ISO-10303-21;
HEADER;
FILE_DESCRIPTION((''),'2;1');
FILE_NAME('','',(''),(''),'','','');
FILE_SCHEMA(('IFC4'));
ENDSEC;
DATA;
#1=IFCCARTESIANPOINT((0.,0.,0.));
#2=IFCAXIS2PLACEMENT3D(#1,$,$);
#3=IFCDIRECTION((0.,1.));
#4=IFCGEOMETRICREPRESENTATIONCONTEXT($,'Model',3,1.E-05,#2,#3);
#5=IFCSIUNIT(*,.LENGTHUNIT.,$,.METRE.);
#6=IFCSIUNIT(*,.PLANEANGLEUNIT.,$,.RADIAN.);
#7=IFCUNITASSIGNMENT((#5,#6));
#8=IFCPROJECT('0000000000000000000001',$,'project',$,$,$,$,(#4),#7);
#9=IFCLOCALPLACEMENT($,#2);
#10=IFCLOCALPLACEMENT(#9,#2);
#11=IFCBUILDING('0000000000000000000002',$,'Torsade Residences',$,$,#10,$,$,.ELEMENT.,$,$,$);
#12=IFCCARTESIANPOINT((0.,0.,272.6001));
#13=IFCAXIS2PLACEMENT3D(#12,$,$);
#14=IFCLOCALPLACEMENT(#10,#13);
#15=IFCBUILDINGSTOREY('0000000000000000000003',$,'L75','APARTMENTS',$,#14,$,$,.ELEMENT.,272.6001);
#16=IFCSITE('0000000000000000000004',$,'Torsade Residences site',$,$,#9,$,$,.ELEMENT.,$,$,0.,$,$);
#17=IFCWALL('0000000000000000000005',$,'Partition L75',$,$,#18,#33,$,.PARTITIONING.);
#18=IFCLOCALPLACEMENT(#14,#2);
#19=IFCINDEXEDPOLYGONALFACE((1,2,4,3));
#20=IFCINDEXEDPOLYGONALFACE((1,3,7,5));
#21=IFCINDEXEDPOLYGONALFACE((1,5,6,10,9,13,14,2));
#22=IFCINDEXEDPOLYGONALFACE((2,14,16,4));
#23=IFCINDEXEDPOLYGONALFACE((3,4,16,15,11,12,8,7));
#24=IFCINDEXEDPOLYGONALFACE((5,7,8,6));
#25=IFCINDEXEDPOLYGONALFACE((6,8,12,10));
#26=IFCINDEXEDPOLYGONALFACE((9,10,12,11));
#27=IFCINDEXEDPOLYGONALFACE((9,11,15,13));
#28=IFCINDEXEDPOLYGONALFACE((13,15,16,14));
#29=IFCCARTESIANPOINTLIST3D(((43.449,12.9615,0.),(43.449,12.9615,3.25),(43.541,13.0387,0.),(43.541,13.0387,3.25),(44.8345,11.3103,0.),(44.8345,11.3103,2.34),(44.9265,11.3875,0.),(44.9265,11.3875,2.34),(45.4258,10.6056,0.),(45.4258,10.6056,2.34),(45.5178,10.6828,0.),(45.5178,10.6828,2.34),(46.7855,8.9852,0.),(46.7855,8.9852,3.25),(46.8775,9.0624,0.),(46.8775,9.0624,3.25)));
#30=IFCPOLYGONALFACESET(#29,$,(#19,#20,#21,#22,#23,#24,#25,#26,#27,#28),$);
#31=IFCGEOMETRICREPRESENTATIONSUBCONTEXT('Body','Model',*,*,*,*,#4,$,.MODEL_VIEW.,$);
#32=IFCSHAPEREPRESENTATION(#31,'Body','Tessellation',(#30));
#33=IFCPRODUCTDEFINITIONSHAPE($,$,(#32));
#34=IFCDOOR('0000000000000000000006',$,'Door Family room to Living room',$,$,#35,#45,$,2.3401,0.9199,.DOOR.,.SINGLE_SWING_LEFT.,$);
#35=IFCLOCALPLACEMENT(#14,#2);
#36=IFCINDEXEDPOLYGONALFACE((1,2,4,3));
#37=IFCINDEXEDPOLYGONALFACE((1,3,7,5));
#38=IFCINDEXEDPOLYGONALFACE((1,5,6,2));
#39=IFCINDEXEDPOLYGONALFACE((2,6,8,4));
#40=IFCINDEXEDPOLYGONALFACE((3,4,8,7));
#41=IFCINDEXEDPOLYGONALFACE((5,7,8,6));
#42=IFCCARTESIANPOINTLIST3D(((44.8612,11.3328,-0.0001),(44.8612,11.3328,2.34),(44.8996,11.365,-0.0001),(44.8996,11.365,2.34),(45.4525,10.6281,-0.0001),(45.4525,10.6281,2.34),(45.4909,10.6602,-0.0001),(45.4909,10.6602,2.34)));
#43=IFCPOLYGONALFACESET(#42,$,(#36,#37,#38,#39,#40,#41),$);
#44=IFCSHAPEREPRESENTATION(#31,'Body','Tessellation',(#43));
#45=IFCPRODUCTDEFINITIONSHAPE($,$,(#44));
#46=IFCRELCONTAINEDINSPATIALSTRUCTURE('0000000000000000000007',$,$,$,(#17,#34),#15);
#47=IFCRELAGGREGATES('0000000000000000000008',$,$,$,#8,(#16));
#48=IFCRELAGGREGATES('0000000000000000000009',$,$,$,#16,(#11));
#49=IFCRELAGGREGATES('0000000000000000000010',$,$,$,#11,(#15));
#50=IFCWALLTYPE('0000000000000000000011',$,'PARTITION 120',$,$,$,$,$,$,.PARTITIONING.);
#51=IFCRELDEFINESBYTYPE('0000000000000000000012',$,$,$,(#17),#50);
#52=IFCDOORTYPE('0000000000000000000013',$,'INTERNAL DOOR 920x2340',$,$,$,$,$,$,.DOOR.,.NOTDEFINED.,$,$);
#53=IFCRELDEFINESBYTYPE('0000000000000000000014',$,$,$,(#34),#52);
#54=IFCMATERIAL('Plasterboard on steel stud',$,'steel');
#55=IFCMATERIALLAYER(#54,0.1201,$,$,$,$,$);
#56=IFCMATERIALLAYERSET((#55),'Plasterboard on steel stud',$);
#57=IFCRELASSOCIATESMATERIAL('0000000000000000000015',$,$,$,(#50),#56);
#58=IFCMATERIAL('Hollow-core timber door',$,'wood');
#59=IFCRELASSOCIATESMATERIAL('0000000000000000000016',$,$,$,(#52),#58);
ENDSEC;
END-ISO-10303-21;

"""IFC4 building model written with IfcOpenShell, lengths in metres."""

from ifc_helpers import new_model, si_unit, direction, frame, frame_2d, origin, place, context, subcontext, project, spatial, rectangle, extrude, material, layer, layer_set, type_object, element, fill, save


model = new_model("IFC4")

# Units and contexts
model_context = context("Model", 3, precision=1e-05, world=origin(), true_north=direction((0.0, 1.0)))
body_context = subcontext(model_context, "Body", "Model", "MODEL_VIEW")
ifc_project = project(units=[si_unit("LENGTHUNIT", "METRE"), si_unit("PLANEANGLEUNIT", "RADIAN")], contexts=[model_context])

# Site, building, storey
site_placement = place(None, origin())
site = spatial("IfcSite", under=ifc_project, at=site_placement, Name="Torsade Residences site", CompositionType="ELEMENT", RefElevation=0.0)
building_placement = place(site_placement, origin())
building = spatial("IfcBuilding", under=site, at=building_placement, Name="Torsade Residences", CompositionType="ELEMENT")
storey_placement = place(building_placement, frame((0.0, 0.0, 272.6001)))
storey = spatial("IfcBuildingStorey", under=building, at=storey_placement, Name="L75", Description="APARTMENTS", CompositionType="ELEMENT", Elevation=272.6001)

# Wall, opening, door
ifc_material_1 = material(Name="Plasterboard on steel stud", Category="steel")
ifc_layer_1 = layer(ifc_material_1, 0.1201)
ifc_layer_set_1 = layer_set([ifc_layer_1], Name="Plasterboard on steel stud")
wall_type = type_object("IfcWallType", Name="PARTITION 120", PredefinedType="PARTITIONING", material=ifc_layer_set_1)
wall_1_placement = place(storey_placement, frame((43.4951, 13.0, 0.0), z_axis=(0.0, 0.0, 1.0), x_axis=(0.642776, -0.766054, 0.0)))
wall_1 = element("IfcWall", 1, at=wall_1_placement, inside=storey, type_object=wall_type, Name="Partition L75", PredefinedType="PARTITIONING", context=body_context, shape_type="SweptSolid", body=[
    extrude(rectangle(XDim=5.1907, YDim=0.1201, at=frame_2d((2.5952, 0.0))), origin(), (0.0, 0.0, 1.0), 3.25),
])
opening_1_placement = place(wall_1_placement, frame((2.1553, 0.0, 0.0)))
opening_1 = element("IfcOpeningElement", 2, at=opening_1_placement, cuts=wall_1, PredefinedType="OPENING", context=body_context, shape_type="SweptSolid", body=[
    extrude(rectangle(XDim=0.9199, YDim=2.3401, at=frame_2d((0.46, 1.1699))), frame((0.0, 0.0701, 0.0), z_axis=(0.0, -1.0, 0.0), x_axis=(1.0, 0.0, 0.0)), (0.0, 0.0, 1.0), 0.1401),
])
ifc_material_2 = material(Name="Hollow-core timber door", Category="wood")
door_type_1 = type_object("IfcDoorType", Name="INTERNAL DOOR 920x2340", OperationType="NOTDEFINED", PredefinedType="DOOR", material=ifc_material_2)
door_1_placement = place(opening_1_placement, origin())
door_1 = element("IfcDoor", 3, at=door_1_placement, inside=storey, type_object=door_type_1, Name="Door Family room to Living room", OperationType="SINGLE_SWING_LEFT", OverallHeight=2.3401, OverallWidth=0.9199, PredefinedType="DOOR", context=body_context, shape_type="SweptSolid", body=[
    extrude(rectangle(XDim=0.9199, YDim=2.3401, at=frame_2d((0.46, 1.1699))), frame((0.0, 0.0249, 0.0), z_axis=(0.0, -1.0, 0.0), x_axis=(1.0, 0.0, 0.0)), (0.0, 0.0, 1.0), 0.05),
])
fill(opening_1, door_1)

save(model, "model.ifc")
